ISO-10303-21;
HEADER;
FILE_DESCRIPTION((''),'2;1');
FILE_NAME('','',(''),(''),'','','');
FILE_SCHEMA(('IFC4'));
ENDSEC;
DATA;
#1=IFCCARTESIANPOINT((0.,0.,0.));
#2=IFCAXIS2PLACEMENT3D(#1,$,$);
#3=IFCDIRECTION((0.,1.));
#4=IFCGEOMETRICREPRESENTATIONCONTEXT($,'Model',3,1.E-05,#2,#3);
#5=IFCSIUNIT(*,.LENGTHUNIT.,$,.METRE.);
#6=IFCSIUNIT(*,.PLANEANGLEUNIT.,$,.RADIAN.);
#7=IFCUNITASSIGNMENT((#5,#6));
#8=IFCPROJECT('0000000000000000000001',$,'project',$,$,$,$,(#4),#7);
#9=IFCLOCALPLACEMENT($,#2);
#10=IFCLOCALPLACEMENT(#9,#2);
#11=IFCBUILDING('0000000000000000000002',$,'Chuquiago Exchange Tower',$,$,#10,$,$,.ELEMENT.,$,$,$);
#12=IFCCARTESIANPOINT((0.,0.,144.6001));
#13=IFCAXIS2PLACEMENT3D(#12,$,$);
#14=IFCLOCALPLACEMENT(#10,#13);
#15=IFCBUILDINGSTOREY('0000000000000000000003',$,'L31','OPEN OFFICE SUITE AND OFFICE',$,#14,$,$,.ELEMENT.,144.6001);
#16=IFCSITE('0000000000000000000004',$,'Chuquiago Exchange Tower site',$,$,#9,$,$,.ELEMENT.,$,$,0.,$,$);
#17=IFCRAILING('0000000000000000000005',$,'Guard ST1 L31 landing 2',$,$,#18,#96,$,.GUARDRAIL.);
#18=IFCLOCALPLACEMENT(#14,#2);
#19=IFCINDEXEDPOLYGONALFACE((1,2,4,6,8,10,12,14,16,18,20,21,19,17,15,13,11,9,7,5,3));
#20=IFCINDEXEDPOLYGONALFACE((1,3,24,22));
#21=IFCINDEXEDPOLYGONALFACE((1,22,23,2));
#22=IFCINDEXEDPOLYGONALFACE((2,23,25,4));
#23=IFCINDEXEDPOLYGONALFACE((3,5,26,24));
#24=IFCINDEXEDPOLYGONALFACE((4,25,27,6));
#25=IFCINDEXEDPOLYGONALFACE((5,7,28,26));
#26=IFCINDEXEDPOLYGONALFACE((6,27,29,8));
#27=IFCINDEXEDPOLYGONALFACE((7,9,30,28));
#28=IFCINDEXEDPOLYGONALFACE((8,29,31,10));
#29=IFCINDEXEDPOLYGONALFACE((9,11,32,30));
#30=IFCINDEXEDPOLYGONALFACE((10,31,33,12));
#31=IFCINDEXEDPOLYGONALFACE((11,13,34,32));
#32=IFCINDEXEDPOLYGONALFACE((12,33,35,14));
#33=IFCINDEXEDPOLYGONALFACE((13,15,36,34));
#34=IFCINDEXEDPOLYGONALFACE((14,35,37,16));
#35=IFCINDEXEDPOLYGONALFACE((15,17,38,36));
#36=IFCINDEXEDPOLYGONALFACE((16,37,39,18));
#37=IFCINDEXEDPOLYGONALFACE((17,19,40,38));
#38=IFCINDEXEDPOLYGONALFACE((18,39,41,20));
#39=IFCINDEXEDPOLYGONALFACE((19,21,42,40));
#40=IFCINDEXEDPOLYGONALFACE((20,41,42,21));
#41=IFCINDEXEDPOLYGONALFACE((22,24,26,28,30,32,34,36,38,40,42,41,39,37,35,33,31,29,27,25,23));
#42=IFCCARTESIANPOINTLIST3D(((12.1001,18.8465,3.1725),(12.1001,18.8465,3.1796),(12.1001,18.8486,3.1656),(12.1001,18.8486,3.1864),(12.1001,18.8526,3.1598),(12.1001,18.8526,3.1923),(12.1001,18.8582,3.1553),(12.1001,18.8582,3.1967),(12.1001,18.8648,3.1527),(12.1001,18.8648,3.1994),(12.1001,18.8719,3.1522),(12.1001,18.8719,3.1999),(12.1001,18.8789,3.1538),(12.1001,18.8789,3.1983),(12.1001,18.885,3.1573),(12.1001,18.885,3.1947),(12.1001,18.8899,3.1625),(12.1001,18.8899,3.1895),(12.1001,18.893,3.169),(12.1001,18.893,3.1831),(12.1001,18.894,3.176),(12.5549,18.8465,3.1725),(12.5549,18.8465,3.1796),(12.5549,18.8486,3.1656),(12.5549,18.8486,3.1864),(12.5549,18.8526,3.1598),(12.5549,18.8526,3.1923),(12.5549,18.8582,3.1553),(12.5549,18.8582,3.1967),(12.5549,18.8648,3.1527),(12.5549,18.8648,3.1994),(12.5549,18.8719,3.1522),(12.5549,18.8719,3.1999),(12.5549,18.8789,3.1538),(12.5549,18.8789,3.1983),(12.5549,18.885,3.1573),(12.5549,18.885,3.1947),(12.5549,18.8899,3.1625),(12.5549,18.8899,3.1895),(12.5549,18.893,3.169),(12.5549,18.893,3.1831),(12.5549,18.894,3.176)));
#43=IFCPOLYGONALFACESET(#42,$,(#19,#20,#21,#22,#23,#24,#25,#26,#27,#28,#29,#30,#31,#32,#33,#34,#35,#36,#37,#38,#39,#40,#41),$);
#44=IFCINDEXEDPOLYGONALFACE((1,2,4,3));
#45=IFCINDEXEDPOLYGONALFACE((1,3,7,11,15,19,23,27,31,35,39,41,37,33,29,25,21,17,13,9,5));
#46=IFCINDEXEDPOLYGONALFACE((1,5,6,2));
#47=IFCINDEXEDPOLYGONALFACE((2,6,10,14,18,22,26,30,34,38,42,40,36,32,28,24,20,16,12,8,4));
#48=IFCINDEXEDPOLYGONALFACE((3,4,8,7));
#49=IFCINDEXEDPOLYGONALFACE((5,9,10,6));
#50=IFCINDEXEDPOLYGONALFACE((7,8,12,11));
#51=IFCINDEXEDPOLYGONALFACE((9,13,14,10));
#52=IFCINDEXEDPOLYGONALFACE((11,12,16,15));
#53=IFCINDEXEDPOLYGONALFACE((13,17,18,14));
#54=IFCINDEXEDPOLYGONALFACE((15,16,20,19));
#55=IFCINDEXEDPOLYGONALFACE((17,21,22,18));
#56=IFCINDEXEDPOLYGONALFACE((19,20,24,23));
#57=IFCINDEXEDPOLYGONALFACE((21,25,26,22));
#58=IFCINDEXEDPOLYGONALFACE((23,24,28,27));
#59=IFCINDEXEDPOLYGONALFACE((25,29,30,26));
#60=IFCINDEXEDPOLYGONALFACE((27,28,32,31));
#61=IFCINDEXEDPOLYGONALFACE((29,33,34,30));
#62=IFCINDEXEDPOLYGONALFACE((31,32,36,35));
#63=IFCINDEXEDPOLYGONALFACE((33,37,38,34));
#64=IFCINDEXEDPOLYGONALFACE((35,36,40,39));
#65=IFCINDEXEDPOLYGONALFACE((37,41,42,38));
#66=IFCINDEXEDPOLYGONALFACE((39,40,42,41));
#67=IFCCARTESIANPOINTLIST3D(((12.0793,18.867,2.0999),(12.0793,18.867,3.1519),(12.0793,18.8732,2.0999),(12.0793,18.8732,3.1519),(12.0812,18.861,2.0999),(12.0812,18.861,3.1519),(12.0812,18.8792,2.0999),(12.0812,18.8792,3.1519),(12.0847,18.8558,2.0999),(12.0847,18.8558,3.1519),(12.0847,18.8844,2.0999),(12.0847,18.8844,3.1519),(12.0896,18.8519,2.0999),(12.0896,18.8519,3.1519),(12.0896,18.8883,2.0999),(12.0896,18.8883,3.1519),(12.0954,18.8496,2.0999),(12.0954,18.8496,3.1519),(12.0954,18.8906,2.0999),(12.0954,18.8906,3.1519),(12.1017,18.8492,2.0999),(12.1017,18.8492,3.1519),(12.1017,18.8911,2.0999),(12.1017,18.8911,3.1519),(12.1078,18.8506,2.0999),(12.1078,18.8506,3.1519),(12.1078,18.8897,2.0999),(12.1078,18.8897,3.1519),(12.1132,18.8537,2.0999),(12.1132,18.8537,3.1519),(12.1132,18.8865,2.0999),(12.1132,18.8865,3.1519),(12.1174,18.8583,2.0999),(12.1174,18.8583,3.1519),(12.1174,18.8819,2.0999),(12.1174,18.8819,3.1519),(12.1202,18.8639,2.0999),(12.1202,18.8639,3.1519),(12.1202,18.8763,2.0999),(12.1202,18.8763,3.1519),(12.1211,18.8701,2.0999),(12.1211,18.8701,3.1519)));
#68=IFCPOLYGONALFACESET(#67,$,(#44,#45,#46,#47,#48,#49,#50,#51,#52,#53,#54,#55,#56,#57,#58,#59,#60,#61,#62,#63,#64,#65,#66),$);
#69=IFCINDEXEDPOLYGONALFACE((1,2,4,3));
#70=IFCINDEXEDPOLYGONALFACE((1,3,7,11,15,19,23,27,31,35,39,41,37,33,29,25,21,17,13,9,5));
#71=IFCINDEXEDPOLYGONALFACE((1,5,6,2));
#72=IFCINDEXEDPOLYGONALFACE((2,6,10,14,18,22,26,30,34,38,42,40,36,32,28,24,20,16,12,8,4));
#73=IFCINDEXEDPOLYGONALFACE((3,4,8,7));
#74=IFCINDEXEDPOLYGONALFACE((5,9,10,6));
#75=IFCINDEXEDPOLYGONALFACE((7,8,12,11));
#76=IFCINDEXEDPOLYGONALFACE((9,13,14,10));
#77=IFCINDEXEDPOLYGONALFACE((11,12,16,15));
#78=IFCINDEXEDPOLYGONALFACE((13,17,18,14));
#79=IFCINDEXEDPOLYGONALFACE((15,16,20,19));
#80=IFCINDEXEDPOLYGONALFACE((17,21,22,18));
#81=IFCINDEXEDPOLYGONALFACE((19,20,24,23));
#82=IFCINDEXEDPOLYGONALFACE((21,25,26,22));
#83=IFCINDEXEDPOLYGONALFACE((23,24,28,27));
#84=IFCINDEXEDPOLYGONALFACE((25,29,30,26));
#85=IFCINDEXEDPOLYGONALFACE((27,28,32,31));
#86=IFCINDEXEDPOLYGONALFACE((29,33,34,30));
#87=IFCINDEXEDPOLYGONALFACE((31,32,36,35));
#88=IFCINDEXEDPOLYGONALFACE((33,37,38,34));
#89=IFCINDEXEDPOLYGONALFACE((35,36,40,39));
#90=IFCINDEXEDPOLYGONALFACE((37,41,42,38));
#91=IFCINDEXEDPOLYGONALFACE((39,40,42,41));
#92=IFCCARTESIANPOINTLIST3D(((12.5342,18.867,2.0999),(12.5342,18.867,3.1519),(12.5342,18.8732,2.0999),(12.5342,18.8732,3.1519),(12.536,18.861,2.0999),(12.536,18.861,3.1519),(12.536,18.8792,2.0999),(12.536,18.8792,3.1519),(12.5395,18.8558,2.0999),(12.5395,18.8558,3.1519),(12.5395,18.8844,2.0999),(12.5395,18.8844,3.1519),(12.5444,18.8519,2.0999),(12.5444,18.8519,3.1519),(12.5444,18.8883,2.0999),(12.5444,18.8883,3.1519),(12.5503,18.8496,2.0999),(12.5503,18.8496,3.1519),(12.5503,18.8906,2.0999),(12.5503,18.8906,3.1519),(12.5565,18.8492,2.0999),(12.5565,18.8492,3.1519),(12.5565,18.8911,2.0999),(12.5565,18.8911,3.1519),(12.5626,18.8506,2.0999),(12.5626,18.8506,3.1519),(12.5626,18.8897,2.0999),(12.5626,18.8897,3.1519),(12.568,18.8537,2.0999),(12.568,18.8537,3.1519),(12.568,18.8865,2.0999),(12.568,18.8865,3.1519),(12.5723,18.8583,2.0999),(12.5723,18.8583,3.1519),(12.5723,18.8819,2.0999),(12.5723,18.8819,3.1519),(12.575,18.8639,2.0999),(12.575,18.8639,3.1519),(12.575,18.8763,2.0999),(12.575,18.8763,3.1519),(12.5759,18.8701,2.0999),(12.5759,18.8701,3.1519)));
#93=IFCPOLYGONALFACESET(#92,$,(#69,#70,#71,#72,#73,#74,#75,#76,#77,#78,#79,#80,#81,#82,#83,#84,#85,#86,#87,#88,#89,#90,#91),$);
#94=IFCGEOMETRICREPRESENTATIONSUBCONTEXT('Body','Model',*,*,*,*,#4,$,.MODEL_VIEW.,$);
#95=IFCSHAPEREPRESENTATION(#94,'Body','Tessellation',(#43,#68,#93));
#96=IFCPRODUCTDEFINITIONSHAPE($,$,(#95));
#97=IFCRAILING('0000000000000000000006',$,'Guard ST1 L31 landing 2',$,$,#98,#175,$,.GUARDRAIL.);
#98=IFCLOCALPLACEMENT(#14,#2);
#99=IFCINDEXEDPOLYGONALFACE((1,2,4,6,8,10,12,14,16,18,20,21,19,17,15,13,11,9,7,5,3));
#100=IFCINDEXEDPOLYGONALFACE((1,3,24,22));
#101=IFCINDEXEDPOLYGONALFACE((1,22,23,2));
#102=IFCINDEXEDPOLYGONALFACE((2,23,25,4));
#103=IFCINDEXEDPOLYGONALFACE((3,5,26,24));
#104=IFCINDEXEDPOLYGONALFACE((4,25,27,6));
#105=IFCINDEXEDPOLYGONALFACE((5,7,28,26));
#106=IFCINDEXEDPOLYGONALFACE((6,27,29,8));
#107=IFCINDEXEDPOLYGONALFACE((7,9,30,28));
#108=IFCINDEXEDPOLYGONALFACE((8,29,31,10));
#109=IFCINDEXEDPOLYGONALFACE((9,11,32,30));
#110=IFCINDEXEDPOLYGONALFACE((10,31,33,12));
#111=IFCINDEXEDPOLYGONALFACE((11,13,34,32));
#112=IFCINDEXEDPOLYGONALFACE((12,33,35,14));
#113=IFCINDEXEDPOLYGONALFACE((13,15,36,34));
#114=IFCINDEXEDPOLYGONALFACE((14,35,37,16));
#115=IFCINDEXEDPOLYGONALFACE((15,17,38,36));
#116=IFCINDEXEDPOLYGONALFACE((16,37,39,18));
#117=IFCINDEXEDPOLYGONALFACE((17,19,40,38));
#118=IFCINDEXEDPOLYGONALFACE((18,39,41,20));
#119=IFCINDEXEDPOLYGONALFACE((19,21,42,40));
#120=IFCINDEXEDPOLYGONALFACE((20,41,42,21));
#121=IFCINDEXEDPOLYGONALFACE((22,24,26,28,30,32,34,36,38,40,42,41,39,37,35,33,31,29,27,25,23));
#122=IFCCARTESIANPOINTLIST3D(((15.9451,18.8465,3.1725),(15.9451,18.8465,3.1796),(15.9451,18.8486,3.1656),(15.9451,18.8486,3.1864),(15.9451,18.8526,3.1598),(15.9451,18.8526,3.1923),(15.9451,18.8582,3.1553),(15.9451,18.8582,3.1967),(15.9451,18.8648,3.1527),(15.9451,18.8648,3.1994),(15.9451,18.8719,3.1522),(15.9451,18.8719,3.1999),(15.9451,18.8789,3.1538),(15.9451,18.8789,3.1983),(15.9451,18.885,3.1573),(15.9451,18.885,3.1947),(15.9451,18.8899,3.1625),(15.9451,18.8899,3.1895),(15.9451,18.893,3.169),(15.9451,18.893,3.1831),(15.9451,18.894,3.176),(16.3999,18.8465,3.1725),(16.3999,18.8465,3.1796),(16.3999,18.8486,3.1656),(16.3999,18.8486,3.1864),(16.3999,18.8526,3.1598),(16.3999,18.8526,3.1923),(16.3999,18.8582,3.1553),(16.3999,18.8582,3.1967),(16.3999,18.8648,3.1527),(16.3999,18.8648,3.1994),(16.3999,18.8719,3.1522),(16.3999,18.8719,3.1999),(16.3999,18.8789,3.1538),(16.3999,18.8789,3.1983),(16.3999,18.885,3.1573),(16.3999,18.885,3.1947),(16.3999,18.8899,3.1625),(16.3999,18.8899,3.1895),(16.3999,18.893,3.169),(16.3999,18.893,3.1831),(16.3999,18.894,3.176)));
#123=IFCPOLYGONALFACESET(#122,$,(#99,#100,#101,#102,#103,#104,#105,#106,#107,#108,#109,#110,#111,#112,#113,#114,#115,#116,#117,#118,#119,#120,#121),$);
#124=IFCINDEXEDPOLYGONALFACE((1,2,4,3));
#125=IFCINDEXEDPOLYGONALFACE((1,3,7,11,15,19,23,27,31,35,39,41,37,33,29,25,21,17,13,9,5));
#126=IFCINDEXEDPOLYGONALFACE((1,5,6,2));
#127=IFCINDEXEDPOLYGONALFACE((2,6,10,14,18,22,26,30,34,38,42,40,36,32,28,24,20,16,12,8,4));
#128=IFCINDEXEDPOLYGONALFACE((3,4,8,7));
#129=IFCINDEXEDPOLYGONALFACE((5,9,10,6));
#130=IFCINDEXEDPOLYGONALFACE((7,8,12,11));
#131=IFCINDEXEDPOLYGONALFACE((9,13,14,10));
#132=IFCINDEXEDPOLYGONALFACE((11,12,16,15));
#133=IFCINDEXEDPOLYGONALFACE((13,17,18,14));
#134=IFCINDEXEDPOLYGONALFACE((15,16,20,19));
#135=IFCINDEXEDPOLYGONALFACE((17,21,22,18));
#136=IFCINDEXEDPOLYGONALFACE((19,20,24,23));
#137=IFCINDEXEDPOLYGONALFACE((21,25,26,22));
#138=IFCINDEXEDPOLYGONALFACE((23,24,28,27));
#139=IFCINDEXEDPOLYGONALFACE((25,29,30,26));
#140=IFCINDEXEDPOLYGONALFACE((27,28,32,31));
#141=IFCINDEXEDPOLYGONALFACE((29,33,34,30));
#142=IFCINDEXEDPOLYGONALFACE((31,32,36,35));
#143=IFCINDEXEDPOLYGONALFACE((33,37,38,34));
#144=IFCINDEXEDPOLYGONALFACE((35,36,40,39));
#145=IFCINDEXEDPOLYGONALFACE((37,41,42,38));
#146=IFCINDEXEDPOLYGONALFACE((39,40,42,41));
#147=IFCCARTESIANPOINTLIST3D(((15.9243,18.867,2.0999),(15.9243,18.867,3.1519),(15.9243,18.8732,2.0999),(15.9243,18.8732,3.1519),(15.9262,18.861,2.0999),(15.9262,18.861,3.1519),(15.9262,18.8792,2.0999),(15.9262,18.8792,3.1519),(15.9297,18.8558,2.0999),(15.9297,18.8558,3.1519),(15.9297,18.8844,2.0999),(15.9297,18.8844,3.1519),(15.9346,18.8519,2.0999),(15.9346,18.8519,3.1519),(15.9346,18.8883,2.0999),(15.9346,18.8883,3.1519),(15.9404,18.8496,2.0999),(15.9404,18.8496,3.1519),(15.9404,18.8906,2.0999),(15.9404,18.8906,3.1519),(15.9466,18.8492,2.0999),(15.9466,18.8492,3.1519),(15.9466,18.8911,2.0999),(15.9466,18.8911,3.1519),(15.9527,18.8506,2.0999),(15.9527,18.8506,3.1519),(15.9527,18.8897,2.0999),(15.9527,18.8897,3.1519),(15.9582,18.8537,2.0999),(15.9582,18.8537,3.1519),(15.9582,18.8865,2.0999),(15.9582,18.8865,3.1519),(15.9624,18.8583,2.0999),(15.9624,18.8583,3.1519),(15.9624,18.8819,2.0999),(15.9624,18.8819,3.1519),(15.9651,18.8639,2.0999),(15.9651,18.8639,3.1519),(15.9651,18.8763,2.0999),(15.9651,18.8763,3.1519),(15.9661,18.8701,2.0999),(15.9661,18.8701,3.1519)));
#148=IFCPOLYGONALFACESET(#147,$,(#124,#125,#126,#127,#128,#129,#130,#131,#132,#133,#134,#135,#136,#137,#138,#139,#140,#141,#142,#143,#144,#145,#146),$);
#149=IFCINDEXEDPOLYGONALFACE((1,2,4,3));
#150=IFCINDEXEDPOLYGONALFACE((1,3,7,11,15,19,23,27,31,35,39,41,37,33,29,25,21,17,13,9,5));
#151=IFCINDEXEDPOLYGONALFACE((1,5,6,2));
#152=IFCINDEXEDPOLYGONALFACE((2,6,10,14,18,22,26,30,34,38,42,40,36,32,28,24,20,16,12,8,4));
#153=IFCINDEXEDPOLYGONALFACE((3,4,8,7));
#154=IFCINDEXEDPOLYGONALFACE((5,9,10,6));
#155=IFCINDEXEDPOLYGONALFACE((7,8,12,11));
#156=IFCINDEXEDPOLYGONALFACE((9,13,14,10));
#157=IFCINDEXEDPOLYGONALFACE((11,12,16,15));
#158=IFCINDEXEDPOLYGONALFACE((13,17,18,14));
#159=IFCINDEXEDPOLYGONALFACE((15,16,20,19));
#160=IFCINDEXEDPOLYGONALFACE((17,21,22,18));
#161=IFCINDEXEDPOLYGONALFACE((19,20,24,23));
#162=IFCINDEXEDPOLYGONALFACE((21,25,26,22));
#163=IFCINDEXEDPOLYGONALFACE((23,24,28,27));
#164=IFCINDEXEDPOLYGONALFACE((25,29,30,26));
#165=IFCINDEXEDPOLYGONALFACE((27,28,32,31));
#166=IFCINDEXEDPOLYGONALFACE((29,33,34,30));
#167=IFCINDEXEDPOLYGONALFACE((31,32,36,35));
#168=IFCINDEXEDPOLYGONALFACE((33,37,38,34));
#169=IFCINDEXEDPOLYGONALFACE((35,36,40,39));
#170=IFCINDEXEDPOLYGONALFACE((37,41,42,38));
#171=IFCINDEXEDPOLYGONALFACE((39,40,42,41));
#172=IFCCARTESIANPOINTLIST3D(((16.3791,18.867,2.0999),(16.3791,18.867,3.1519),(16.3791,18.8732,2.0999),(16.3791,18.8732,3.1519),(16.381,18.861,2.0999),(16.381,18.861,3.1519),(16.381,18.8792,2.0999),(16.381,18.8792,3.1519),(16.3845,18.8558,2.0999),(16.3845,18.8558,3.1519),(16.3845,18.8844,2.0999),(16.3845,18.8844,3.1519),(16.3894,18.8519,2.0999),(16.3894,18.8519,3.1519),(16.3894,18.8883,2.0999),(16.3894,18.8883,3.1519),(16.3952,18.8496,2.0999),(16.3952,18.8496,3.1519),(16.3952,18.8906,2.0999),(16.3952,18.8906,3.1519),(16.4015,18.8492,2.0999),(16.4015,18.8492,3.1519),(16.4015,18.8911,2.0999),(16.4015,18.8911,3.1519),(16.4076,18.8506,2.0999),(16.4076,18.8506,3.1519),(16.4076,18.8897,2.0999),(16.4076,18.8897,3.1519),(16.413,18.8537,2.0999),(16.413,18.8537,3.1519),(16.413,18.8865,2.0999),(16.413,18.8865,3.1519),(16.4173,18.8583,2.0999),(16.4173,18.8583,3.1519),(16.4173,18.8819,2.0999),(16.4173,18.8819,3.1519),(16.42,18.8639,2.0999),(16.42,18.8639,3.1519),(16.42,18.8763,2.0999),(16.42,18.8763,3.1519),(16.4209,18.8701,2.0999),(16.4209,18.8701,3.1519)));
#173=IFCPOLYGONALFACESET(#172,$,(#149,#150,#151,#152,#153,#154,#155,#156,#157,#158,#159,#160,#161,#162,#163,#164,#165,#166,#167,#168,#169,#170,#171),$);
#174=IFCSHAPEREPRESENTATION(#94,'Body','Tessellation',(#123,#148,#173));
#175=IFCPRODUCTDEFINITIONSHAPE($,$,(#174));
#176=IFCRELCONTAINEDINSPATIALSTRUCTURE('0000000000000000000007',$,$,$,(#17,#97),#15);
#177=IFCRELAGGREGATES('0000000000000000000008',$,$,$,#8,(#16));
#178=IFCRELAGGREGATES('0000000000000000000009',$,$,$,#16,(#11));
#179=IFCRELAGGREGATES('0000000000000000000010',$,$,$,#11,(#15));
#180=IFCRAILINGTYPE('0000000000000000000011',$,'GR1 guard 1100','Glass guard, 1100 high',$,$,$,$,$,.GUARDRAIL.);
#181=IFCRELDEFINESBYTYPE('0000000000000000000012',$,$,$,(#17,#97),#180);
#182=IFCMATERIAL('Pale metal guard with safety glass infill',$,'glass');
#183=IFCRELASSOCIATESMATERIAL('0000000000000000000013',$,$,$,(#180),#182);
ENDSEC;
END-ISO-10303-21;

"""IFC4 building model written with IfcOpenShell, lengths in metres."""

from ifc_helpers import new_model, si_unit, direction, frame, origin, origin_2d, place, context, subcontext, project, spatial, circle, extrude, material, type_object, element, save


model = new_model("IFC4")

# Units and contexts
model_context = context("Model", 3, precision=1e-05, world=origin(), true_north=direction((0.0, 1.0)))
body_context = subcontext(model_context, "Body", "Model", "MODEL_VIEW")
ifc_project = project(units=[si_unit("LENGTHUNIT", "METRE"), si_unit("PLANEANGLEUNIT", "RADIAN")], contexts=[model_context])

# Site, building, storey
site_placement = place(None, origin())
site = spatial("IfcSite", under=ifc_project, at=site_placement, Name="Chuquiago Exchange Tower site", CompositionType="ELEMENT", RefElevation=0.0)
building_placement = place(site_placement, origin())
building = spatial("IfcBuilding", under=site, at=building_placement, Name="Chuquiago Exchange Tower", CompositionType="ELEMENT")
storey_placement = place(building_placement, frame((0.0, 0.0, 144.6001)))
storey = spatial("IfcBuildingStorey", under=building, at=storey_placement, Name="L31", Description="OPEN OFFICE SUITE AND OFFICE", CompositionType="ELEMENT", Elevation=144.6001)

# Railings
ifc_material_1 = material(Name="Pale metal guard with safety glass infill", Category="glass")
railing_type_1 = type_object("IfcRailingType", Name="GR1 guard 1100", Description="Glass guard, 1100 high", PredefinedType="GUARDRAIL", material=ifc_material_1)
for number, where, name in (
    (1, (12.1001, 18.8701, 2.0999), "Guard ST1 L31 landing 2"),
    (2, (15.9451, 18.8701, 2.0999), "Guard ST1 L31 landing 2"),
):
    element("IfcRailing", number, at=place(storey_placement, frame(where)), inside=storey, type_object=railing_type_1, Name=name, PredefinedType="GUARDRAIL", context=body_context, shape_type="SweptSolid", body=[
        extrude(circle(Radius=0.0239, at=origin_2d()), frame((0.0, 0.0, 1.0762), z_axis=(1.0, 0.0, 0.0), x_axis=(0.0, 1.0, 0.0)), (0.0, 0.0, 1.0), 0.4548),
        extrude(circle(Radius=0.021, at=origin_2d()), origin(), (0.0, 0.0, 1.0), 1.052),
        extrude(circle(Radius=0.021, at=origin_2d()), frame((0.4548, 0.0, 0.0)), (0.0, 0.0, 1.0), 1.052),
    ])

save(model, "model.ifc")
